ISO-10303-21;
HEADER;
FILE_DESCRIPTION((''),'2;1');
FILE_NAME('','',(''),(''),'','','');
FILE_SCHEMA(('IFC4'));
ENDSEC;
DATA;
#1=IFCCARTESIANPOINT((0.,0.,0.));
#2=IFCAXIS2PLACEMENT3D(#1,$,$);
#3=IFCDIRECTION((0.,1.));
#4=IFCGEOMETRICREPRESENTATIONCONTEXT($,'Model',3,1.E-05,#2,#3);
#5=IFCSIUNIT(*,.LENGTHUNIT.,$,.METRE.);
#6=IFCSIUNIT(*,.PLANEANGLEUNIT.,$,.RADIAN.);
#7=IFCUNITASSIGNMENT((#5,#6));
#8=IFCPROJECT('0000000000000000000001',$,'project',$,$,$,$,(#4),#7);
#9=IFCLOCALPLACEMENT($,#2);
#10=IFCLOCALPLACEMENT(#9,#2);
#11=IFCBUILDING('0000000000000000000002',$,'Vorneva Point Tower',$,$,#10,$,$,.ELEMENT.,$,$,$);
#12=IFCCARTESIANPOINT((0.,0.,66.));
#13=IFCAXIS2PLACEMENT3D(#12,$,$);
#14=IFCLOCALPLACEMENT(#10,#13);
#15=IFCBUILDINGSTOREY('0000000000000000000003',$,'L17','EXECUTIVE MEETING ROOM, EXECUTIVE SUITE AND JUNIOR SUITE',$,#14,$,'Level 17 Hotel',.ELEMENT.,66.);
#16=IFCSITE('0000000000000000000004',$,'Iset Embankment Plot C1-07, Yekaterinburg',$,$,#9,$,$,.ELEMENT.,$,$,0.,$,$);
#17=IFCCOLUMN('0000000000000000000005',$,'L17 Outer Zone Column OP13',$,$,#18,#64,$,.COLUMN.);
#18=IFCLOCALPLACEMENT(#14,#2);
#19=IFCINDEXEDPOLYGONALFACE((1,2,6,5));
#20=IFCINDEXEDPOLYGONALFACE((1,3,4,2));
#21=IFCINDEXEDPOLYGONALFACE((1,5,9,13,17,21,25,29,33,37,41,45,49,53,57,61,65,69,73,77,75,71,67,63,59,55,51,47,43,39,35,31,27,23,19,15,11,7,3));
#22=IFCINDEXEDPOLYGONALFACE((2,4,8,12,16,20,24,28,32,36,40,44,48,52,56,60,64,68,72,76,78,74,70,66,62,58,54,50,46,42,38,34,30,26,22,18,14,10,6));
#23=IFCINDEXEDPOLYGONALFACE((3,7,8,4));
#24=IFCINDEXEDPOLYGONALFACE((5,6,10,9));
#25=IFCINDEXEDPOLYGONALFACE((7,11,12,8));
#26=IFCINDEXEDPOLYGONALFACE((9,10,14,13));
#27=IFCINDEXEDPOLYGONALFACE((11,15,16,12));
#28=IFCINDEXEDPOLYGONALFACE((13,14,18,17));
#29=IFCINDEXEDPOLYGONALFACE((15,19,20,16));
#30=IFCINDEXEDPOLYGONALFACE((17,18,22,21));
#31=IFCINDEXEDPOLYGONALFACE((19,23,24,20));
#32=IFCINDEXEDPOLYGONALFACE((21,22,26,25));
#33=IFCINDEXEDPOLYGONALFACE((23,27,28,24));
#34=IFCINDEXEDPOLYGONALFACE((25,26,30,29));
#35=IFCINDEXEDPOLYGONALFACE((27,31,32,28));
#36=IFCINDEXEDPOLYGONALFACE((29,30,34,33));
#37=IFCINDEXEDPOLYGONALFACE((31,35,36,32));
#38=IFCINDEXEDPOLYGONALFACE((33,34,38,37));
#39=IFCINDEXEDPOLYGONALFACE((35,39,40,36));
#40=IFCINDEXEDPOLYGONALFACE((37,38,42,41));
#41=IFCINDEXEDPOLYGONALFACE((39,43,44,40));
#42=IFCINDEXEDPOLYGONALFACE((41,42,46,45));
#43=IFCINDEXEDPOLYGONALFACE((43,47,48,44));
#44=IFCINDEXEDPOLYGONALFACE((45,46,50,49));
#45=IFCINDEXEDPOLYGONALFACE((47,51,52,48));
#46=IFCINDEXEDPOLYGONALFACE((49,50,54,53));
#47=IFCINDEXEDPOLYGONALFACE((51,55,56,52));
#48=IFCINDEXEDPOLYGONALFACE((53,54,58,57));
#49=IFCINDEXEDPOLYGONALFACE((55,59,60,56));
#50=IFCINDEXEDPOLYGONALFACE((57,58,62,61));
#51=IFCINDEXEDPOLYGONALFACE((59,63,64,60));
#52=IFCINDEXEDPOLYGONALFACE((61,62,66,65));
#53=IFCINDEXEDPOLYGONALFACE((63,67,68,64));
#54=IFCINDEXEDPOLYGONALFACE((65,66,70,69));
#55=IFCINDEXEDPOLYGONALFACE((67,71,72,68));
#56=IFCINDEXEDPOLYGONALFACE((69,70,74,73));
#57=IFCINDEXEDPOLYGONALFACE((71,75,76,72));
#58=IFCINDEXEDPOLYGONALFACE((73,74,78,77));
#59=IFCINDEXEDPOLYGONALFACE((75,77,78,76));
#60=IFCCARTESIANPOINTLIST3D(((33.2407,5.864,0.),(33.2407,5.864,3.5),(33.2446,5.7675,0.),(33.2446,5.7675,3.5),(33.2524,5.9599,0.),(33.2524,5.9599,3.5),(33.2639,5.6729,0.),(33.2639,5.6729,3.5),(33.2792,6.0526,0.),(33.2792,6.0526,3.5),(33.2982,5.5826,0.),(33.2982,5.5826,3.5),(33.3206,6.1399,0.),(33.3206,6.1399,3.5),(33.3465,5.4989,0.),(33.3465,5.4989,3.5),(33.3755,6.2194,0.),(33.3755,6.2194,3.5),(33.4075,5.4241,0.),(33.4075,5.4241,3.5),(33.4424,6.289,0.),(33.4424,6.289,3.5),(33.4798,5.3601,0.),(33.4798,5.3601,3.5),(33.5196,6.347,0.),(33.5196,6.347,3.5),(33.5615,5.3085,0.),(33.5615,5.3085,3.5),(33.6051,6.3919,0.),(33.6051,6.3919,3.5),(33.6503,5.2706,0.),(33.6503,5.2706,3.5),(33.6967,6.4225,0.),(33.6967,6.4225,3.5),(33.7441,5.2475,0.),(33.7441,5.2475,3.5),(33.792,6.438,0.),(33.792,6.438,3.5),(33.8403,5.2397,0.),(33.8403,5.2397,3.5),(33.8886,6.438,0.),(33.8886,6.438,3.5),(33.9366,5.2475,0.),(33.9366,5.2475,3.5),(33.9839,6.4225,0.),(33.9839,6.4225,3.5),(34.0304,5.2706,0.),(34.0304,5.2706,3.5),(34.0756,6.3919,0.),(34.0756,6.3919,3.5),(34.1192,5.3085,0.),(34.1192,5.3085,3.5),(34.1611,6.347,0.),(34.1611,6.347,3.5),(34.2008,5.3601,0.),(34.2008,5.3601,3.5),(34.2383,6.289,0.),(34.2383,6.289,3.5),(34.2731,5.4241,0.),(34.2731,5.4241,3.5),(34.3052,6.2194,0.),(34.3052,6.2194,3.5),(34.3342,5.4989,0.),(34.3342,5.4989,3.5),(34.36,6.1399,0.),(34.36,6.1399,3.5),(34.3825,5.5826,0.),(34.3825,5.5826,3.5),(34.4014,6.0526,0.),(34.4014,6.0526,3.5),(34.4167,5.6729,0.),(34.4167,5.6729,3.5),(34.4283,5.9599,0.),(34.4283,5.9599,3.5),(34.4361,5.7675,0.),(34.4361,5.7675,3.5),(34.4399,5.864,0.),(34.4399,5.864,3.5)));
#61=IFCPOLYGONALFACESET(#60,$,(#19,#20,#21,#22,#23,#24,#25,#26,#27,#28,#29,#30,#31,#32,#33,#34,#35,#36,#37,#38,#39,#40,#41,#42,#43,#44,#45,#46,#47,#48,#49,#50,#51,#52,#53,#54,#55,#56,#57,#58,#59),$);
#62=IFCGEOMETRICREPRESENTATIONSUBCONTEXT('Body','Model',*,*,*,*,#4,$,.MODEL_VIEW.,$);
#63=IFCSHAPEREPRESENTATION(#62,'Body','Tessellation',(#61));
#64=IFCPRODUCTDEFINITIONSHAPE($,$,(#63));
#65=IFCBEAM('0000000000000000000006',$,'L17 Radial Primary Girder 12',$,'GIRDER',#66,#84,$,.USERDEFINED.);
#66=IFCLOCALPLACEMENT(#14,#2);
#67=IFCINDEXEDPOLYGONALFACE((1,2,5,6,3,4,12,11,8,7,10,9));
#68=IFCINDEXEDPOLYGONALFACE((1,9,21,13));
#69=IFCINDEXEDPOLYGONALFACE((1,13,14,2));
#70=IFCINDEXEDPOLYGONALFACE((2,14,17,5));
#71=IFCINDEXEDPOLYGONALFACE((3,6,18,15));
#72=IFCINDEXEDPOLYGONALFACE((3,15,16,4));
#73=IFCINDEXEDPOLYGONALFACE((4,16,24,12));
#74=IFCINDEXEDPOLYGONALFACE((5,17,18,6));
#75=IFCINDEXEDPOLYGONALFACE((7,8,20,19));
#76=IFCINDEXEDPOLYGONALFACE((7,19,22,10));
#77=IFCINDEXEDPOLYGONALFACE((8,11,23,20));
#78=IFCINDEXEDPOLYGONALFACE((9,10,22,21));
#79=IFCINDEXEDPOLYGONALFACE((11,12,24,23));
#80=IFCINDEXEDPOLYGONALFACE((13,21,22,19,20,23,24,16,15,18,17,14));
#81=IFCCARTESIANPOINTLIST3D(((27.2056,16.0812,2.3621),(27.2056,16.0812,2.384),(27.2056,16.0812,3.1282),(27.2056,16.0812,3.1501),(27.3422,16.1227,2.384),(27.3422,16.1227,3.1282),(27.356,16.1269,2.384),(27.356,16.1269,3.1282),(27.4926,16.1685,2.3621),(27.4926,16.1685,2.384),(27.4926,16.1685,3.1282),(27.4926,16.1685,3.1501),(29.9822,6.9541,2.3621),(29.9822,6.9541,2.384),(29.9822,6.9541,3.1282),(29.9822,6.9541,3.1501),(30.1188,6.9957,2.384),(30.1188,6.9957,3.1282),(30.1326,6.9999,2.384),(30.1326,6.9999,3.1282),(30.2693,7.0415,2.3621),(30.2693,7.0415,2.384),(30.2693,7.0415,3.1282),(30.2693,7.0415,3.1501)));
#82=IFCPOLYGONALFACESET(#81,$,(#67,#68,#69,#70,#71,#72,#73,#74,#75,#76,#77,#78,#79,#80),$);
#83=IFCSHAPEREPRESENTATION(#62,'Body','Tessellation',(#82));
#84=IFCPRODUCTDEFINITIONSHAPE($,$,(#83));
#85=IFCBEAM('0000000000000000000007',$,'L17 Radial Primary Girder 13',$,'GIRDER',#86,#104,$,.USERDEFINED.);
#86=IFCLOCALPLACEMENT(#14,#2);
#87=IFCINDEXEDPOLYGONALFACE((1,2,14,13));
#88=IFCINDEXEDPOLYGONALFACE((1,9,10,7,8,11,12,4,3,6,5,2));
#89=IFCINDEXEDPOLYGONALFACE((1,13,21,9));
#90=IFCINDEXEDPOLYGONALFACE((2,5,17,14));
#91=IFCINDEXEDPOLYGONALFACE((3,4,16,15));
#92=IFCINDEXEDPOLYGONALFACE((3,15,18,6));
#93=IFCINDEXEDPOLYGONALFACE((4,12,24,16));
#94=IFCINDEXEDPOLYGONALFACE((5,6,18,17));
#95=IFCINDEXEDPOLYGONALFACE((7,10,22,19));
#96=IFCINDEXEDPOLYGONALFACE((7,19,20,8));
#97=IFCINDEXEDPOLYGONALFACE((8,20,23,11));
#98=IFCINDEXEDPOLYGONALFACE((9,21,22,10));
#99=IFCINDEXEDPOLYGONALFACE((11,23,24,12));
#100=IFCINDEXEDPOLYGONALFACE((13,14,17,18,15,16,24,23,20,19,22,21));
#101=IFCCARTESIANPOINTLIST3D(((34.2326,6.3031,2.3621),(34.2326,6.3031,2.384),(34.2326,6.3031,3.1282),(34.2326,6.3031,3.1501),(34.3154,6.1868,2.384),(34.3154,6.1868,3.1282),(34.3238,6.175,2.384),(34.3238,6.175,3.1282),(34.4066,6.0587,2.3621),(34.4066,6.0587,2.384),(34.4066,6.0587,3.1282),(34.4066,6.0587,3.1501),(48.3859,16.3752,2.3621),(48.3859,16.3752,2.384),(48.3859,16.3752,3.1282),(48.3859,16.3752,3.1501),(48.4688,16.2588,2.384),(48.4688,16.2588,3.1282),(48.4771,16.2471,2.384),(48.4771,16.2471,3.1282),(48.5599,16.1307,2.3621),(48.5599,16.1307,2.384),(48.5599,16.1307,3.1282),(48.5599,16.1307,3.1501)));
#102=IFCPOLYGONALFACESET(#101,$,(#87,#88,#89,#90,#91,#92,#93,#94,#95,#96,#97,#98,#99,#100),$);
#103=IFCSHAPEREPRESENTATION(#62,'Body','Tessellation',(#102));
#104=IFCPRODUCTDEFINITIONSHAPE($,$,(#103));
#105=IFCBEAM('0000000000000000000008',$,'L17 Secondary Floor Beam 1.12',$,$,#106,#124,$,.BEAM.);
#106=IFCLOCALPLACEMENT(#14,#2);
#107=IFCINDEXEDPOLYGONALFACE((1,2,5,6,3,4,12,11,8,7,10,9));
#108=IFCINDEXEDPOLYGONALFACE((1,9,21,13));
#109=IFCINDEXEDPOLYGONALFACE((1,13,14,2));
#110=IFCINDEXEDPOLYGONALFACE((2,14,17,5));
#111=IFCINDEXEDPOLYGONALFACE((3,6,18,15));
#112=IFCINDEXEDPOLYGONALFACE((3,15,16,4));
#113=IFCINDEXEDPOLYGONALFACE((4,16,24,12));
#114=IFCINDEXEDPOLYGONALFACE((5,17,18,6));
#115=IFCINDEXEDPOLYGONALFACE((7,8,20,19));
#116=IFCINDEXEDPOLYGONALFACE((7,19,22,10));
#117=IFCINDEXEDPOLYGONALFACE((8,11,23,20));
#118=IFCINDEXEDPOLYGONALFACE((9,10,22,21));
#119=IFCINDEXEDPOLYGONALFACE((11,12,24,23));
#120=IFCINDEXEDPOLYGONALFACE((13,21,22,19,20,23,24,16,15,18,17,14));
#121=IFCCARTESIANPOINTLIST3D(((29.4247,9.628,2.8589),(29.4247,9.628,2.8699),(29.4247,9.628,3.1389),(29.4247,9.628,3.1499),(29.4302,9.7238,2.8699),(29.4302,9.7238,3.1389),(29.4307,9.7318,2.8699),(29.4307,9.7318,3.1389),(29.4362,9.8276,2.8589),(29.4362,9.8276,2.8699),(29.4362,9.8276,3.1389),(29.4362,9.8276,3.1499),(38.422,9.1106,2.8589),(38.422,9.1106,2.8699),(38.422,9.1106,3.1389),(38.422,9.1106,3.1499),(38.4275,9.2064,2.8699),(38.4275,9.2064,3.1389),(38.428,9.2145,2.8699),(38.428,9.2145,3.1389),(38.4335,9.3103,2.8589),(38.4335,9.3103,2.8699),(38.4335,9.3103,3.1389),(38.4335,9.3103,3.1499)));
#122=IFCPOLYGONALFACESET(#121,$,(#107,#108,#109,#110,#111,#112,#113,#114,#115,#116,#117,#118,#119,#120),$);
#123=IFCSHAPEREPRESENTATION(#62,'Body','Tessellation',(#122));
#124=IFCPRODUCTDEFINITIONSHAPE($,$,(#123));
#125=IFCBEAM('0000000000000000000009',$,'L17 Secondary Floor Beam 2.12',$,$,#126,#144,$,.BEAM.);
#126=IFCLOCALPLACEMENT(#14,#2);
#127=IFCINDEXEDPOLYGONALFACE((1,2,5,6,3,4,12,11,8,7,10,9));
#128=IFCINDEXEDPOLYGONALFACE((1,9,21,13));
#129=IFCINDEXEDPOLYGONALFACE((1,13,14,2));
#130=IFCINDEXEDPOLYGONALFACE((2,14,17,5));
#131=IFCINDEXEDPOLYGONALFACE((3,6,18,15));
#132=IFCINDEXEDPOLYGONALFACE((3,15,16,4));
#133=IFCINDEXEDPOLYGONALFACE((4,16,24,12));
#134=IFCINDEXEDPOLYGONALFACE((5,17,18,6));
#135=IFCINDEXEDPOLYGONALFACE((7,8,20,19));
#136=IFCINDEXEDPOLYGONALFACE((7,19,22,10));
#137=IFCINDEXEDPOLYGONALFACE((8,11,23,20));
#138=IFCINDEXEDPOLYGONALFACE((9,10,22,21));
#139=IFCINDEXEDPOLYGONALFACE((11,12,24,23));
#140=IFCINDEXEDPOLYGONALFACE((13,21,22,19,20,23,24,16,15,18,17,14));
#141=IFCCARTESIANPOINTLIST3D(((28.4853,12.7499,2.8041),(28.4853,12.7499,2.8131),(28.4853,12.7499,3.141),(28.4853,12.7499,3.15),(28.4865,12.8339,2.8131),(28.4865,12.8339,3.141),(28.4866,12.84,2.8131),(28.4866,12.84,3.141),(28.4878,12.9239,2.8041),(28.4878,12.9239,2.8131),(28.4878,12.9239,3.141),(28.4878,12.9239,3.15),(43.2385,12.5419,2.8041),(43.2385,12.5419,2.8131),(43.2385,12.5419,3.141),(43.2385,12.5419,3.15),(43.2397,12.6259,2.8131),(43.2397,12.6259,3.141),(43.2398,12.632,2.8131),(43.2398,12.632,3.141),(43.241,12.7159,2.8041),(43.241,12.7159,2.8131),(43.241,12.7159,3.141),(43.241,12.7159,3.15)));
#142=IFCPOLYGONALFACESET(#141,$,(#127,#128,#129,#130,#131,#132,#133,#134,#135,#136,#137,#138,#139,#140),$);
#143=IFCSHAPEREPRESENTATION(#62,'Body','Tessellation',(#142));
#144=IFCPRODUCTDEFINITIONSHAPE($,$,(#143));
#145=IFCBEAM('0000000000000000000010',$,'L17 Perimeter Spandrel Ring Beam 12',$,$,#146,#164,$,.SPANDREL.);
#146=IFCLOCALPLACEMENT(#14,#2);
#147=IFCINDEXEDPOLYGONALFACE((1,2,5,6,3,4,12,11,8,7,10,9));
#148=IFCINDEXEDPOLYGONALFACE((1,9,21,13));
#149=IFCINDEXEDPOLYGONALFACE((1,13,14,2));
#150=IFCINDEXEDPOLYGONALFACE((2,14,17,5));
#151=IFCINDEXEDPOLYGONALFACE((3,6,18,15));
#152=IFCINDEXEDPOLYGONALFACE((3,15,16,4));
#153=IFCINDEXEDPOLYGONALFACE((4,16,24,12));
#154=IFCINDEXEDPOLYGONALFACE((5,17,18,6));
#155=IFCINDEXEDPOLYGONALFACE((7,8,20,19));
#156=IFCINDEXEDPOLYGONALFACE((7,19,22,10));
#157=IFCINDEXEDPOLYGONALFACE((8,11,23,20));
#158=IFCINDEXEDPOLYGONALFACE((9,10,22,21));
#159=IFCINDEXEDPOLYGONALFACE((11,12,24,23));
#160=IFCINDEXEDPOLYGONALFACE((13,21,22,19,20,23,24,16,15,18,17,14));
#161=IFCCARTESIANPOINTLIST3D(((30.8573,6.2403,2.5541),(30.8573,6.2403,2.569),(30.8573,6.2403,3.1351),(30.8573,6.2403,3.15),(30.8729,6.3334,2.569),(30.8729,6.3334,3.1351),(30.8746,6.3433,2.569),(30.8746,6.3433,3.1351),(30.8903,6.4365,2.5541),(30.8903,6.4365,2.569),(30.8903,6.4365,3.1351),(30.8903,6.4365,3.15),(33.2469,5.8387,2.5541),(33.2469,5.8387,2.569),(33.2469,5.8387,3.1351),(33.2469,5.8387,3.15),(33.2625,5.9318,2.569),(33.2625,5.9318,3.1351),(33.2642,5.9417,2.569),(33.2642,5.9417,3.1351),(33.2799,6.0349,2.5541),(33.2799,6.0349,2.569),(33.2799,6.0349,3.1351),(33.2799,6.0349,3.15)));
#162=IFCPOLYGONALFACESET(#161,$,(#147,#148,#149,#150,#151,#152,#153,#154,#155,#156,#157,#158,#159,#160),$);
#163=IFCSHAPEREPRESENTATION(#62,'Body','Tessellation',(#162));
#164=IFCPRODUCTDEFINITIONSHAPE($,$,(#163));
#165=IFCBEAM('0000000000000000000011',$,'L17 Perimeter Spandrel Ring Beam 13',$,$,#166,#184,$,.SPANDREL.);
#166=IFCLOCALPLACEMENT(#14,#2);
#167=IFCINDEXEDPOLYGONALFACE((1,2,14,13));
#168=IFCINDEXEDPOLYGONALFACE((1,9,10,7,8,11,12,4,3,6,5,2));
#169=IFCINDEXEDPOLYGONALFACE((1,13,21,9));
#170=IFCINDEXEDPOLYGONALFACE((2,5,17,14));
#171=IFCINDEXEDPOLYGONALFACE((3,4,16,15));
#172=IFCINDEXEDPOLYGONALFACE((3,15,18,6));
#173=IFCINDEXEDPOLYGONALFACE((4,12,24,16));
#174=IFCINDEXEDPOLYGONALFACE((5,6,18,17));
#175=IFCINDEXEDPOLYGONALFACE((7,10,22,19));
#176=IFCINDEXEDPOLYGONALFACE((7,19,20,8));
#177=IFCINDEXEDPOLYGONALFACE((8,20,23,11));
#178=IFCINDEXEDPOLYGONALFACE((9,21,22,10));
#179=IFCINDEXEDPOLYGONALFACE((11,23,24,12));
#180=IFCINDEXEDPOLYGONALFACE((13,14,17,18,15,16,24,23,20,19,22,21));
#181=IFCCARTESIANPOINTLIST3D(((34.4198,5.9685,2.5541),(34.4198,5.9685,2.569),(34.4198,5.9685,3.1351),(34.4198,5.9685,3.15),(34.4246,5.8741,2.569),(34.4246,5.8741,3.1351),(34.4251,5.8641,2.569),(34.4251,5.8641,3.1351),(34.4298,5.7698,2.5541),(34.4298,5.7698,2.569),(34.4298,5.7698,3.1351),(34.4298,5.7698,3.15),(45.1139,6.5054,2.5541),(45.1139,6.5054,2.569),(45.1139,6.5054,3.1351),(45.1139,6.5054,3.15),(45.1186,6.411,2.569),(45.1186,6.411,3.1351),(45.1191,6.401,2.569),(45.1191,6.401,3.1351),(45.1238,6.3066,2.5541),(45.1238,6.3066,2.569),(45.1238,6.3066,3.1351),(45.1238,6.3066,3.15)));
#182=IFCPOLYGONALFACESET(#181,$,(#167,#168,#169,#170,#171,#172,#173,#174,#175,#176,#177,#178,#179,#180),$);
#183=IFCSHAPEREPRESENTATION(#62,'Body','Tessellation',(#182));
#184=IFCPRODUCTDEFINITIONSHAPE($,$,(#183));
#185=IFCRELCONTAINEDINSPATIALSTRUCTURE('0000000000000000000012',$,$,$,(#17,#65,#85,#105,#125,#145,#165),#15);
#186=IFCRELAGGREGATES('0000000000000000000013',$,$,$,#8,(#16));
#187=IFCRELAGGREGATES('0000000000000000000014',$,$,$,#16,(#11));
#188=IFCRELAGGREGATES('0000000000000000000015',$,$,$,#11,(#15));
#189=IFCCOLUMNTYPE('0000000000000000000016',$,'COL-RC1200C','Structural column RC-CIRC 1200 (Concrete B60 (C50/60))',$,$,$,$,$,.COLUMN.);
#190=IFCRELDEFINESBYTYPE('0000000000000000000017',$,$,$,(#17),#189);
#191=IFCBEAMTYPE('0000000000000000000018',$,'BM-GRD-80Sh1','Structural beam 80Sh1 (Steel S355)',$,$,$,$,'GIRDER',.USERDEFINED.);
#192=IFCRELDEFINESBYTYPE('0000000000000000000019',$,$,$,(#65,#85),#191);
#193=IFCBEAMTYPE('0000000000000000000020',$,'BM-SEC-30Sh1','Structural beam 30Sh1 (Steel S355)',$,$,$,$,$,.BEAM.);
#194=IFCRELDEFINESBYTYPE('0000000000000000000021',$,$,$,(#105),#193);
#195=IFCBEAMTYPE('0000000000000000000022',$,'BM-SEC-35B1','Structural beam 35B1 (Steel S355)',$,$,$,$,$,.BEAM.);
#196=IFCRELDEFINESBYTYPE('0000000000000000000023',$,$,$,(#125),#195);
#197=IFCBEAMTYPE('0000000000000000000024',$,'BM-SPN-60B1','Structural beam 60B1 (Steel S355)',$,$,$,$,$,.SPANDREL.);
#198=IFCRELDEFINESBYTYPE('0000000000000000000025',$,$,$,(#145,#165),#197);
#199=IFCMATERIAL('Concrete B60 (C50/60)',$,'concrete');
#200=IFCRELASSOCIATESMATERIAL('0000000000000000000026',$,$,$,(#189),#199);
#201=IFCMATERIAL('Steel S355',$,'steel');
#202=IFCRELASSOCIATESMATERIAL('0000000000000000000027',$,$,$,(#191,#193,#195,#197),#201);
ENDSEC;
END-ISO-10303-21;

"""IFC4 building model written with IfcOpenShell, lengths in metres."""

from ifc_helpers import new_model, si_unit, direction, frame, origin, origin_2d, place, context, subcontext, project, spatial, circle, i_section, extrude, material, material_profile, profile_set, type_object, element, save


model = new_model("IFC4")

# Units and contexts
model_context = context("Model", 3, precision=1e-05, world=origin(), true_north=direction((0.0, 1.0)))
body_context = subcontext(model_context, "Body", "Model", "MODEL_VIEW")
ifc_project = project(units=[si_unit("LENGTHUNIT", "METRE"), si_unit("PLANEANGLEUNIT", "RADIAN")], contexts=[model_context])

# Site, building, storey
site_placement = place(None, origin())
site = spatial("IfcSite", under=ifc_project, at=site_placement, Name="Iset Embankment Plot C1-07, Yekaterinburg", CompositionType="ELEMENT", RefElevation=0.0)
building_placement = place(site_placement, origin())
building = spatial("IfcBuilding", under=site, at=building_placement, Name="Vorneva Point Tower", CompositionType="ELEMENT")
storey_placement = place(building_placement, frame((0.0, 0.0, 66.0)))
storey = spatial("IfcBuildingStorey", under=building, at=storey_placement, Name="L17", Description="EXECUTIVE MEETING ROOM, EXECUTIVE SUITE AND JUNIOR SUITE", LongName="Level 17 Hotel", CompositionType="ELEMENT", Elevation=66.0)

# Column
ifc_material_1 = material(Name="Concrete B60 (C50/60)", Category="concrete")
ifc_material_profile_1 = material_profile(ifc_material_1, circle(Radius=0.6001, at=origin_2d()), Name="RC-CIRC 1200")
ifc_profile_set_1 = profile_set([ifc_material_profile_1], Name="Concrete B60 (C50/60)")
column_type = type_object("IfcColumnType", Name="COL-RC1200C", Description="Structural column RC-CIRC 1200 (Concrete B60 (C50/60))", PredefinedType="COLUMN", material=ifc_profile_set_1)
for number, where, z_axis, x_axis, name in (
    (1, (33.8403, 5.8398, 0.0), (0.0, 0.0, 1.0), (0.0, -1.0, 0.0), "L17 Outer Zone Column OP13"),
):
    element("IfcColumn", number, at=place(storey_placement, frame(where, z_axis=z_axis, x_axis=x_axis)), inside=storey, type_object=column_type, Name=name, PredefinedType="COLUMN", context=body_context, shape_type="SweptSolid", body=[
        extrude(circle(Radius=0.6001, at=origin_2d()), origin(), (0.0, 0.0, 1.0), 3.5),
    ])

# Beams
ifc_material_2 = material(Name="Steel S355", Category="steel")
ifc_material_profile_2 = material_profile(ifc_material_2, i_section(OverallWidth=0.3, OverallDepth=0.7881, WebThickness=0.0144, FlangeThickness=0.022, at=origin_2d()), Name="80Sh1")
ifc_profile_set_2 = profile_set([ifc_material_profile_2], Name="Steel S355")
beam_type_1 = type_object("IfcBeamType", Name="BM-GRD-80Sh1", Description="Structural beam 80Sh1 (Steel S355)", ElementType="GIRDER", PredefinedType="USERDEFINED", material=ifc_profile_set_2)
beam_1_placement = place(storey_placement, frame((30.1257, 6.9978, 2.7561), z_axis=(-0.291051, 0.956708, 0.0), x_axis=(-0.956708, -0.291051, 0.0)))
element("IfcBeam", 2, at=beam_1_placement, inside=storey, type_object=beam_type_1, Name="L17 Radial Primary Girder 12", ObjectType="GIRDER", PredefinedType="USERDEFINED", context=body_context, shape_type="SweptSolid", body=[
    extrude(i_section(OverallWidth=0.3, OverallDepth=0.7881, WebThickness=0.0144, FlangeThickness=0.022, at=origin_2d()), origin(), (0.0, 0.0, 1.0), 9.54),
])
beam_2_placement = place(storey_placement, frame((34.3196, 6.1809, 2.7561), z_axis=(0.814753, 0.579808, 0.0), x_axis=(-0.579808, 0.814753, 0.0)))
element("IfcBeam", 3, at=beam_2_placement, inside=storey, type_object=beam_type_1, Name="L17 Radial Primary Girder 13", ObjectType="GIRDER", PredefinedType="USERDEFINED", context=body_context, shape_type="SweptSolid", body=[
    extrude(i_section(OverallWidth=0.3, OverallDepth=0.7881, WebThickness=0.0144, FlangeThickness=0.022, at=origin_2d()), origin(), (0.0, 0.0, 1.0), 17.3713),
])
ifc_material_profile_3 = material_profile(ifc_material_2, i_section(OverallWidth=0.2, OverallDepth=0.291, WebThickness=0.0081, FlangeThickness=0.011, at=origin_2d()), Name="30Sh1")
ifc_profile_set_3 = profile_set([ifc_material_profile_3], Name="Steel S355")
beam_type_2 = type_object("IfcBeamType", Name="BM-SEC-30Sh1", Description="Structural beam 30Sh1 (Steel S355)", PredefinedType="BEAM", material=ifc_profile_set_3)
beam_3_placement = place(storey_placement, frame((29.4304, 9.7278, 3.0044), z_axis=(0.998351, -0.057404, 0.0), x_axis=(0.057404, 0.998351, 0.0)))
element("IfcBeam", 4, at=beam_3_placement, inside=storey, type_object=beam_type_2, Name="L17 Secondary Floor Beam 1.12", PredefinedType="BEAM", context=body_context, shape_type="SweptSolid", body=[
    extrude(i_section(OverallWidth=0.2, OverallDepth=0.291, WebThickness=0.0081, FlangeThickness=0.011, at=origin_2d()), origin(), (0.0, 0.0, 1.0), 9.0122),
])
ifc_material_profile_4 = material_profile(ifc_material_2, i_section(OverallWidth=0.1741, OverallDepth=0.3459, WebThickness=0.0061, FlangeThickness=0.009, at=origin_2d()), Name="35B1")
ifc_profile_set_4 = profile_set([ifc_material_profile_4], Name="Steel S355")
beam_type_3 = type_object("IfcBeamType", Name="BM-SEC-35B1", Description="Structural beam 35B1 (Steel S355)", PredefinedType="BEAM", material=ifc_profile_set_4)
beam_4_placement = place(storey_placement, frame((28.4866, 12.8369, 2.9771), z_axis=(0.999901, -0.014098, 0.0), x_axis=(0.014098, 0.999901, 0.0)))
element("IfcBeam", 5, at=beam_4_placement, inside=storey, type_object=beam_type_3, Name="L17 Secondary Floor Beam 2.12", PredefinedType="BEAM", context=body_context, shape_type="SweptSolid", body=[
    extrude(i_section(OverallWidth=0.1741, OverallDepth=0.3459, WebThickness=0.0061, FlangeThickness=0.009, at=origin_2d()), origin(), (0.0, 0.0, 1.0), 14.7546),
])
ifc_material_profile_5 = material_profile(ifc_material_2, i_section(OverallWidth=0.199, OverallDepth=0.5959, WebThickness=0.01, FlangeThickness=0.0149, at=origin_2d()), Name="60B1")
ifc_profile_set_5 = profile_set([ifc_material_profile_5], Name="Steel S355")
beam_type_4 = type_object("IfcBeamType", Name="BM-SPN-60B1", Description="Structural beam 60B1 (Steel S355)", PredefinedType="SPANDREL", material=ifc_profile_set_5)
beam_5_placement = place(storey_placement, frame((30.8738, 6.3384, 2.8521), z_axis=(0.98617, -0.165739, 0.0), x_axis=(0.165739, 0.98617, 0.0)))
element("IfcBeam", 6, at=beam_5_placement, inside=storey, type_object=beam_type_4, Name="L17 Perimeter Spandrel Ring Beam 12", PredefinedType="SPANDREL", context=body_context, shape_type="SweptSolid", body=[
    extrude(i_section(OverallWidth=0.199, OverallDepth=0.5959, WebThickness=0.01, FlangeThickness=0.0149, at=origin_2d()), origin(), (0.0, 0.0, 1.0), 2.4231),
])
beam_6_placement = place(storey_placement, frame((34.4248, 5.8691, 2.8521), z_axis=(0.998742, 0.050139, 0.0), x_axis=(-0.050139, 0.998742, 0.0)))
element("IfcBeam", 7, at=beam_6_placement, inside=storey, type_object=beam_type_4, Name="L17 Perimeter Spandrel Ring Beam 13", PredefinedType="SPANDREL", context=body_context, shape_type="SweptSolid", body=[
    extrude(i_section(OverallWidth=0.199, OverallDepth=0.5959, WebThickness=0.01, FlangeThickness=0.0149, at=origin_2d()), origin(), (0.0, 0.0, 1.0), 10.7075),
])

save(model, "model.ifc")
